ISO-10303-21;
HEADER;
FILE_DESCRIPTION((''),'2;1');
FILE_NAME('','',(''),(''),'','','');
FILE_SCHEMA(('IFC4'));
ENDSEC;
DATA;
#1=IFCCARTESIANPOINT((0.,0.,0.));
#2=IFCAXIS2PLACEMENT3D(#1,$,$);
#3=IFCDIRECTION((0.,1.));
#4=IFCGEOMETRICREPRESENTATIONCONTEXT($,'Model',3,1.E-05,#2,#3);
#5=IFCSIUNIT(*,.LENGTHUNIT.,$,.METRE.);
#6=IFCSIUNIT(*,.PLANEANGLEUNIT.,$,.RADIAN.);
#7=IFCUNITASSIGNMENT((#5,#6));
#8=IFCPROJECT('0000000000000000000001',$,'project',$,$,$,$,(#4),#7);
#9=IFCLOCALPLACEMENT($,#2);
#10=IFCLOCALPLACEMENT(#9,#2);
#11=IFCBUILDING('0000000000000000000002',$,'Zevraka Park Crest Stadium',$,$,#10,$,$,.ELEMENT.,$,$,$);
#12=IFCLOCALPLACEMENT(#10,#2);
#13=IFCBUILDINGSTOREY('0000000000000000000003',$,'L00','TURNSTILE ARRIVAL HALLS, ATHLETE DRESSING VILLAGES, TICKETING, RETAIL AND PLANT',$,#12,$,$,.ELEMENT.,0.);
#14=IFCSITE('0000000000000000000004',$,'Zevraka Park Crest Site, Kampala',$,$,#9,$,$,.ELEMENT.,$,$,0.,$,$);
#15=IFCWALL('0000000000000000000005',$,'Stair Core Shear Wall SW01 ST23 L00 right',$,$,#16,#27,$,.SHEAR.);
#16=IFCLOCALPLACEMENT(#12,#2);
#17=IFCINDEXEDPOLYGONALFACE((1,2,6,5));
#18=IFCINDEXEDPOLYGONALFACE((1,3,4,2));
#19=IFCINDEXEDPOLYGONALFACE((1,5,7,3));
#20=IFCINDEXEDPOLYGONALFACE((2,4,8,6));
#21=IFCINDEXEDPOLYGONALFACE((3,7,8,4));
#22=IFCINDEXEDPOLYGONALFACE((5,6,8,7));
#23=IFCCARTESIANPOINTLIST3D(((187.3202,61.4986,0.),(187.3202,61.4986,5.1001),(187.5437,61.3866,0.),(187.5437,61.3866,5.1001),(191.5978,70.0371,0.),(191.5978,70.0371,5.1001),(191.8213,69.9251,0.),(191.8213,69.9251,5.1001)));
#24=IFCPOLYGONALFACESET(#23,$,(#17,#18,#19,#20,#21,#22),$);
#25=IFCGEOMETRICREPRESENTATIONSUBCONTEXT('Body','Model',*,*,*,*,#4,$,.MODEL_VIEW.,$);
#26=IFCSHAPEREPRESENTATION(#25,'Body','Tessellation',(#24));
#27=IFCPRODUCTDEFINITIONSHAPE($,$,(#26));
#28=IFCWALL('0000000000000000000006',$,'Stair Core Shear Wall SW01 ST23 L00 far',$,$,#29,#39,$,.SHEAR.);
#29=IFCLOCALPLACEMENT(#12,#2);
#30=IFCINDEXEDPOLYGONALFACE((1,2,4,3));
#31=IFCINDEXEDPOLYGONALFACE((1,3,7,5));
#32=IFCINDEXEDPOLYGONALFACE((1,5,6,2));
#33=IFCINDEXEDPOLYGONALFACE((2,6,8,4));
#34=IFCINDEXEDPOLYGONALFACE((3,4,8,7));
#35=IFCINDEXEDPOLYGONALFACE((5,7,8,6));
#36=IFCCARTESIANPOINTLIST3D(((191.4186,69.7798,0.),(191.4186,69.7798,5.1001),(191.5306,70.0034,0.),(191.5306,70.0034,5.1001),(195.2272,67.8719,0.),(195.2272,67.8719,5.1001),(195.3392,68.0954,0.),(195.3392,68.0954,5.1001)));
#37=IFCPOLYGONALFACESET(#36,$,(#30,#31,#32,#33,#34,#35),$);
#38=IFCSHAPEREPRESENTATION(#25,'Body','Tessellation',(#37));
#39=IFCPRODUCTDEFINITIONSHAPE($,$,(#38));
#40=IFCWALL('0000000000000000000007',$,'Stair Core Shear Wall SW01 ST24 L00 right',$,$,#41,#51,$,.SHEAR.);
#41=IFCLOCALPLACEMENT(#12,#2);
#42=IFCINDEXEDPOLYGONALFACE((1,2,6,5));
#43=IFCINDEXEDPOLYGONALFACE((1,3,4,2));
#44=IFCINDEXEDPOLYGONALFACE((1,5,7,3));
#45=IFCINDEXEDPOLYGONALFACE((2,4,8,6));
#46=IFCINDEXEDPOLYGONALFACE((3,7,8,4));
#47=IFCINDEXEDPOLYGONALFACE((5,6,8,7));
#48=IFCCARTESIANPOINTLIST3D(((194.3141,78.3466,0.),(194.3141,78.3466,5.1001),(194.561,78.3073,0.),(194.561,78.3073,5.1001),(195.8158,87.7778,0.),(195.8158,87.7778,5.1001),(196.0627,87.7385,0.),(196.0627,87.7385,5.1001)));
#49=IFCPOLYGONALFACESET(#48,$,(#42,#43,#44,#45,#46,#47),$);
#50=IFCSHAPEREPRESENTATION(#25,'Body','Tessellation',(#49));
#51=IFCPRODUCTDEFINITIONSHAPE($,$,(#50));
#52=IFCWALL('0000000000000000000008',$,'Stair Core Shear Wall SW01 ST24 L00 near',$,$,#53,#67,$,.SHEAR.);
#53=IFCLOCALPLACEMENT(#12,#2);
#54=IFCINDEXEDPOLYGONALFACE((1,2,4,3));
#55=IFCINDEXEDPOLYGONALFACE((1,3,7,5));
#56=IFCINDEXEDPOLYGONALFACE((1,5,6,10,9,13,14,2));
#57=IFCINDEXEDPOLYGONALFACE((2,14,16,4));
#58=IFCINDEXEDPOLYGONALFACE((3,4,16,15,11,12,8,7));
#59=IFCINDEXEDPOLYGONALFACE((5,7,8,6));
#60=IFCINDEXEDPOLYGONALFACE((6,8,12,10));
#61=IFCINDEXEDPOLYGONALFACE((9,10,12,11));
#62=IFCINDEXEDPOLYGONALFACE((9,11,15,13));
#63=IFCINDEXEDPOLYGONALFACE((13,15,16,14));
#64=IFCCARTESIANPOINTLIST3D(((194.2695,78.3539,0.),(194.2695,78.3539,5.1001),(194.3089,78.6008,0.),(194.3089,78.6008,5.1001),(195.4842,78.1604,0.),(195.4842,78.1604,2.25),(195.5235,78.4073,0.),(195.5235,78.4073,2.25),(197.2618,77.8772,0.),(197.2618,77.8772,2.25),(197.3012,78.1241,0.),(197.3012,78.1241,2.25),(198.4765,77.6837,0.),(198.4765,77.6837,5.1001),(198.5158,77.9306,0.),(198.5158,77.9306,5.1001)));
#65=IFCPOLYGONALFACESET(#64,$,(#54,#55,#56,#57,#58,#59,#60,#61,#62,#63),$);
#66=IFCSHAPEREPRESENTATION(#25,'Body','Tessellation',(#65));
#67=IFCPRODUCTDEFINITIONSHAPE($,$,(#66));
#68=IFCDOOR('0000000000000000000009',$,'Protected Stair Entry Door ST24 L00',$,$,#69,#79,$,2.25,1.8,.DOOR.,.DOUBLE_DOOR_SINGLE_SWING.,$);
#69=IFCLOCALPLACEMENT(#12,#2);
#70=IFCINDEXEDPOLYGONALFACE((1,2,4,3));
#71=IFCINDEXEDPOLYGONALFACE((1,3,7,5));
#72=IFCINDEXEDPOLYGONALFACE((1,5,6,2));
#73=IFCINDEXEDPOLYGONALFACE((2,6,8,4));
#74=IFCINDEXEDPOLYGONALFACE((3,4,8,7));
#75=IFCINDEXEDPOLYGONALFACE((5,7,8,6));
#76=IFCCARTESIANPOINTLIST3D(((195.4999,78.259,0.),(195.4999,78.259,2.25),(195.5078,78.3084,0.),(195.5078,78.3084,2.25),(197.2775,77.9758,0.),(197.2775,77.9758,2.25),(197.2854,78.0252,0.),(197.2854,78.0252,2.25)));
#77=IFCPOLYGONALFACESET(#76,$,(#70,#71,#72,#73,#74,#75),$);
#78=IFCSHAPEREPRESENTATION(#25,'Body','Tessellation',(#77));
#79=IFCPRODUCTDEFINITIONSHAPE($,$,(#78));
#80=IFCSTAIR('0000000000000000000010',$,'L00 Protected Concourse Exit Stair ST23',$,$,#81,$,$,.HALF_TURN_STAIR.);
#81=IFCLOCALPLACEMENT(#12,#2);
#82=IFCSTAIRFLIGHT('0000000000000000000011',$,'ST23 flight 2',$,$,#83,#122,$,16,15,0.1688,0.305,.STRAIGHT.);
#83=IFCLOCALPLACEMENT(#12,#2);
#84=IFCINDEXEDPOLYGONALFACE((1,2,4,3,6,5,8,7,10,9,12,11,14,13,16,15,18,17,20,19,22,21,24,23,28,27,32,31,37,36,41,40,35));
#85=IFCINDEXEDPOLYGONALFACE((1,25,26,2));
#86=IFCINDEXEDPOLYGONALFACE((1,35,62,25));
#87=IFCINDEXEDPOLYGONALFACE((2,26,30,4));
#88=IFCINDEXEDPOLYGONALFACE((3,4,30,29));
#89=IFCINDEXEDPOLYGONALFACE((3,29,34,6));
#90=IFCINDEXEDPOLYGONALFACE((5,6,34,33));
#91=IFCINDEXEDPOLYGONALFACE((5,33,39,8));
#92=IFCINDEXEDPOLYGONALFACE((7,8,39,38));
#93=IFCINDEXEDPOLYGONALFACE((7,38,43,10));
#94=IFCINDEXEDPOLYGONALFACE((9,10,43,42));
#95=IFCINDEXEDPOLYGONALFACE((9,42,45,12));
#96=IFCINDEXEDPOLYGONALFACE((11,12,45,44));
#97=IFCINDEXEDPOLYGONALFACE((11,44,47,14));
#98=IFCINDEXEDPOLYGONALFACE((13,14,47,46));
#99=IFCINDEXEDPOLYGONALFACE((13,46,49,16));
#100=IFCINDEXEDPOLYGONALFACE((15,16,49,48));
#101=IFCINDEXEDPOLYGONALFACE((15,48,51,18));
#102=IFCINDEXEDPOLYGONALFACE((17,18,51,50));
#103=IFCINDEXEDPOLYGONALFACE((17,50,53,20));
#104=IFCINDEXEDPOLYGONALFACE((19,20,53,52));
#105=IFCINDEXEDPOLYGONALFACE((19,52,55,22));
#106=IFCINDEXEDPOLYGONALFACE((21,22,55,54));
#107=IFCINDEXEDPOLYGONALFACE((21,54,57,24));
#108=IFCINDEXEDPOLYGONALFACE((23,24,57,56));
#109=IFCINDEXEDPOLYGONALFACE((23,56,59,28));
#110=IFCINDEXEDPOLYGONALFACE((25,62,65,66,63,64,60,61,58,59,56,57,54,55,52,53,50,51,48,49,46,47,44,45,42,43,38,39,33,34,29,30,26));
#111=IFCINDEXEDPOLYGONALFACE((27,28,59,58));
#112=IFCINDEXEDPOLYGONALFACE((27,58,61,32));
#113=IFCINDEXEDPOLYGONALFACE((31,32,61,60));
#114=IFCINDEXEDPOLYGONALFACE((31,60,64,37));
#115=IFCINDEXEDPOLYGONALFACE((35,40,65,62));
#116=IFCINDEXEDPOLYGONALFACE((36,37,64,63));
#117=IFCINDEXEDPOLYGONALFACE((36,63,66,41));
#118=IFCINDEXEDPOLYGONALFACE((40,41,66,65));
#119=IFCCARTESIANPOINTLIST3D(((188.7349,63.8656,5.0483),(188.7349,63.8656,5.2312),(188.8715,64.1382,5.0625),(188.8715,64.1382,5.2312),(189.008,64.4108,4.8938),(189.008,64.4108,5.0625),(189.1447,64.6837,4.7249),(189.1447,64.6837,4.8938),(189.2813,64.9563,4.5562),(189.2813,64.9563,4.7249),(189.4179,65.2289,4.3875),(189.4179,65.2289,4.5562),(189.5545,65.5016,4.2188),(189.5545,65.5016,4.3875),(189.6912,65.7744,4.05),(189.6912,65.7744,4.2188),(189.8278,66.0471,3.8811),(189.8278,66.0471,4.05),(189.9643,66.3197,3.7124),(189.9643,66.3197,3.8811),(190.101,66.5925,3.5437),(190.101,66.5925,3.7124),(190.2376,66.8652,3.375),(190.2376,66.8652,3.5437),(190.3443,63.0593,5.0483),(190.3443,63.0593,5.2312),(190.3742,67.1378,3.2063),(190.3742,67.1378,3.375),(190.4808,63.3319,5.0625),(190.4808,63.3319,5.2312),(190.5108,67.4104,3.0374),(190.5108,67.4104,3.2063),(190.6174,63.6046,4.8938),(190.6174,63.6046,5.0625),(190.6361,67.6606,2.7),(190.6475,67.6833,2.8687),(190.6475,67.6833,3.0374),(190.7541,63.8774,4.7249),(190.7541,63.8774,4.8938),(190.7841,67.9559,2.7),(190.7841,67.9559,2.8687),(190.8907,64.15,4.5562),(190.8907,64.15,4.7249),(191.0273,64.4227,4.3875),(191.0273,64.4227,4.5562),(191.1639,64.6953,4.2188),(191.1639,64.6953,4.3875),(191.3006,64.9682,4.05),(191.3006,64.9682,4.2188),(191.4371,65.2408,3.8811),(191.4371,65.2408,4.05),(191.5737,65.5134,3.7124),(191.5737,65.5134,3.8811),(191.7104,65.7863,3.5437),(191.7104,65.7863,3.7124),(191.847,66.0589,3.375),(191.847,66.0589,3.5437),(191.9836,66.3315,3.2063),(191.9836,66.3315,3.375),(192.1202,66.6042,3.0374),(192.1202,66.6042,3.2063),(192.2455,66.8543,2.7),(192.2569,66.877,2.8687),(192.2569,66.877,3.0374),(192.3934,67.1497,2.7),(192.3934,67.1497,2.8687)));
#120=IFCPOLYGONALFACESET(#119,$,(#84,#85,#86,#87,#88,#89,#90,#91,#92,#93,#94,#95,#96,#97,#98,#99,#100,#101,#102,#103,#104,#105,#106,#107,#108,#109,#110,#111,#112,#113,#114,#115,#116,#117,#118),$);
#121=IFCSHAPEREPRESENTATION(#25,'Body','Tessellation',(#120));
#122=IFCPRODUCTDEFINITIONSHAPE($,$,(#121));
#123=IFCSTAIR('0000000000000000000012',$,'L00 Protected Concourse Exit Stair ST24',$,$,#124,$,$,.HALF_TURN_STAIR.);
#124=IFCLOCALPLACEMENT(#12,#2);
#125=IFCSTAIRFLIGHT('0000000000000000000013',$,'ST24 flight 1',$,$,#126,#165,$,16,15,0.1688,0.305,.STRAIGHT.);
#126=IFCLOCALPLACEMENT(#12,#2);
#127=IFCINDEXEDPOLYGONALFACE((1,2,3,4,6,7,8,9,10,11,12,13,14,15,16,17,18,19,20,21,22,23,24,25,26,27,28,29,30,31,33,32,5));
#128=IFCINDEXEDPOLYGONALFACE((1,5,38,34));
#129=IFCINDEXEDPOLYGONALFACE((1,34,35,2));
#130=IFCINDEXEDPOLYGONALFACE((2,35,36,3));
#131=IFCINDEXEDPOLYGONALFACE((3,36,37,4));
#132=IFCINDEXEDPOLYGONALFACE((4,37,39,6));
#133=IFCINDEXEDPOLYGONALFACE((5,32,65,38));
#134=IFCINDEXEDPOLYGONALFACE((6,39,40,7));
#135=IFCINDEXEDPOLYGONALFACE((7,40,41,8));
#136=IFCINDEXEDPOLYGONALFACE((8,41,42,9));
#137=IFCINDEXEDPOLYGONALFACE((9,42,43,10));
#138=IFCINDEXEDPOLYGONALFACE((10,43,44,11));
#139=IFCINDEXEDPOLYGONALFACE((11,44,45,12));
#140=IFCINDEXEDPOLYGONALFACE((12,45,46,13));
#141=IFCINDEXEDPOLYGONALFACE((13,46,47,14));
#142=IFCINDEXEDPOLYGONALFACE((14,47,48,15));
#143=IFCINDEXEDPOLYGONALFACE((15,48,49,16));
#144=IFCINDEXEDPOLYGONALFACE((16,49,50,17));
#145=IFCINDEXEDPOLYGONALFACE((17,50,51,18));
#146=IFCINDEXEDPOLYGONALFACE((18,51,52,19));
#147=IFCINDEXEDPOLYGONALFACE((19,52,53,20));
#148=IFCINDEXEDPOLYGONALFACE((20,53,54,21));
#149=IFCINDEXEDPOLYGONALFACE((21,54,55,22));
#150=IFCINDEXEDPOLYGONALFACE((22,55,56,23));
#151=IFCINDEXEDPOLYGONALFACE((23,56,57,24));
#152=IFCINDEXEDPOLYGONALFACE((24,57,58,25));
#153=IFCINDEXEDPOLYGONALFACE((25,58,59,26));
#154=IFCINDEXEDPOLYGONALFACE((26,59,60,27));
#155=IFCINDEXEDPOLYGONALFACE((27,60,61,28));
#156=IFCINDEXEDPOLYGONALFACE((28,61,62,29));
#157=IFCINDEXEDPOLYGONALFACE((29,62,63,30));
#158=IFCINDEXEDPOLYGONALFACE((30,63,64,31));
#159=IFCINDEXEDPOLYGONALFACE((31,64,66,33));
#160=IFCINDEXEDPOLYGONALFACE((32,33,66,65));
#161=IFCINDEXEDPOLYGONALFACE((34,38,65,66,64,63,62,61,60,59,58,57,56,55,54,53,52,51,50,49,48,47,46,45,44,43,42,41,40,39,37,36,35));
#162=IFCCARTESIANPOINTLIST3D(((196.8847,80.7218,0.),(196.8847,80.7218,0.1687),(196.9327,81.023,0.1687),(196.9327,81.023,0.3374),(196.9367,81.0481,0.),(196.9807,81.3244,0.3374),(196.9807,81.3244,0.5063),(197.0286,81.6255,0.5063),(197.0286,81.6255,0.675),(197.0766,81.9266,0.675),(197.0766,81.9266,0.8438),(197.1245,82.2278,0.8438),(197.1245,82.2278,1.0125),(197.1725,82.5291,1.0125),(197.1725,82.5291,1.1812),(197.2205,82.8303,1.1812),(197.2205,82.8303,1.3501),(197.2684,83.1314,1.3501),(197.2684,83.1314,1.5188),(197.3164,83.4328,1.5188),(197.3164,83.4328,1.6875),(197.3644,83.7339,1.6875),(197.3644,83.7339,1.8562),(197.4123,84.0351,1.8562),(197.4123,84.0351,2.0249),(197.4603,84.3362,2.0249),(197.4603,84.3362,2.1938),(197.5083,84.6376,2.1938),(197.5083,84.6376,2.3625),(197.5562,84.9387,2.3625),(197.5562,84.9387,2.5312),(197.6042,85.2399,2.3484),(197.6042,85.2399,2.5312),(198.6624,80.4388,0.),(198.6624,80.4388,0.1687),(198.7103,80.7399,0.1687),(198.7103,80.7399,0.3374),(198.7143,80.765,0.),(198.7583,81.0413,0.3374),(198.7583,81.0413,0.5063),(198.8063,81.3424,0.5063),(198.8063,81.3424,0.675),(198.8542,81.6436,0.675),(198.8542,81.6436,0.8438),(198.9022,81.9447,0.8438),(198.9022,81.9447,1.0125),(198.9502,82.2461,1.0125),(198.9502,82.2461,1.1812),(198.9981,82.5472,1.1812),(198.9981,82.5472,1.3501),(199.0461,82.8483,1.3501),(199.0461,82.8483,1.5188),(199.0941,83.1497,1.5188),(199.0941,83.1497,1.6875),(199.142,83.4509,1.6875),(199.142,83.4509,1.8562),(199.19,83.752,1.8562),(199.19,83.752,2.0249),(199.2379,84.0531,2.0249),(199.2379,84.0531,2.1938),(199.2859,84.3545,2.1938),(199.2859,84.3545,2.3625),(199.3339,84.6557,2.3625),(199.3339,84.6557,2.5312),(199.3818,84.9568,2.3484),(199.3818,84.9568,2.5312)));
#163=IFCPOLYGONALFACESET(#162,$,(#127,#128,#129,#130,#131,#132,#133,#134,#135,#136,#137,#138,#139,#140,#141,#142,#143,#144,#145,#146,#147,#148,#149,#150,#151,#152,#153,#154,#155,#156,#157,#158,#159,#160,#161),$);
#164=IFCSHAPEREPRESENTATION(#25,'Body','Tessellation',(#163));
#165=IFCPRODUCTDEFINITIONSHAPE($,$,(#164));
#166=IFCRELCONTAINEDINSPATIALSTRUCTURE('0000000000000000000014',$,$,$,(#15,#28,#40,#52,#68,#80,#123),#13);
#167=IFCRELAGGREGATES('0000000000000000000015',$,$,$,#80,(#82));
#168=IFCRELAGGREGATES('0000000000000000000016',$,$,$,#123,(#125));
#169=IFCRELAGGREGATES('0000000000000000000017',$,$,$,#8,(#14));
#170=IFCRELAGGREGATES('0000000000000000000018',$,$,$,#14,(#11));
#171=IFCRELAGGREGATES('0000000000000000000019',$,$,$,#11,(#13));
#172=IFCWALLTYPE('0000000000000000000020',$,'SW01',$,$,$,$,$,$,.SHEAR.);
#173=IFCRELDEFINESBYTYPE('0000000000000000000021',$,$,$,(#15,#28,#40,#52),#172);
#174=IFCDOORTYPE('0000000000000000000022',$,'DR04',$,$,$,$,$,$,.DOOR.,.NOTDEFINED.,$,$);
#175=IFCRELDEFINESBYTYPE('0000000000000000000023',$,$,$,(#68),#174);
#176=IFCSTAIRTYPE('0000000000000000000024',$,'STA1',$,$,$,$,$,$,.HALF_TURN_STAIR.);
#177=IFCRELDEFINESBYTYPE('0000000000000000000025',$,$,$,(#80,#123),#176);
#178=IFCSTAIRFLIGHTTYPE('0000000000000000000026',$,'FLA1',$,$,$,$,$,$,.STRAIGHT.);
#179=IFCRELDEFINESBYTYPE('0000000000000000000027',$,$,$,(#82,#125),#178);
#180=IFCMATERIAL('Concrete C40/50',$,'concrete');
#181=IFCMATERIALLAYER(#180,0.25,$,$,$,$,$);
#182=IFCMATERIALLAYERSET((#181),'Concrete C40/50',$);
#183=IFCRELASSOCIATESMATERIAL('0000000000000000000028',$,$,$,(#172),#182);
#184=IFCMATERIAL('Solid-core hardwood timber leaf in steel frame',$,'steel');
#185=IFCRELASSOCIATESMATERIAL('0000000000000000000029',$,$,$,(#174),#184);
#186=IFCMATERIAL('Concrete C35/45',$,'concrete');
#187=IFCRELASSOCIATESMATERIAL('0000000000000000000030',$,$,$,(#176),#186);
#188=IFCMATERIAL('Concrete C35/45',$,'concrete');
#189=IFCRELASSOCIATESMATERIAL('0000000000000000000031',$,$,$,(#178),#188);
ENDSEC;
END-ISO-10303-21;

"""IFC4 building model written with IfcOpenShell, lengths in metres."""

from ifc_helpers import new_model, si_unit, direction, frame, frame_2d, origin, place, context, subcontext, project, spatial, polyline, rectangle, outline, extrude, material, layer, layer_set, type_object, element, fill, aggregate, save


model = new_model("IFC4")

# Units and contexts
model_context = context("Model", 3, precision=1e-05, world=origin(), true_north=direction((0.0, 1.0)))
body_context = subcontext(model_context, "Body", "Model", "MODEL_VIEW")
ifc_project = project(units=[si_unit("LENGTHUNIT", "METRE"), si_unit("PLANEANGLEUNIT", "RADIAN")], contexts=[model_context])

# Site, building, storey
site_placement = place(None, origin())
site = spatial("IfcSite", under=ifc_project, at=site_placement, Name="Zevraka Park Crest Site, Kampala", CompositionType="ELEMENT", RefElevation=0.0)
building_placement = place(site_placement, origin())
building = spatial("IfcBuilding", under=site, at=building_placement, Name="Zevraka Park Crest Stadium", CompositionType="ELEMENT")
storey_placement = place(building_placement, origin())
storey = spatial("IfcBuildingStorey", under=building, at=storey_placement, Name="L00", Description="TURNSTILE ARRIVAL HALLS, ATHLETE DRESSING VILLAGES, TICKETING, RETAIL AND PLANT", CompositionType="ELEMENT", Elevation=0.0)

# Shared definitions
ifc_material_1 = material(Name="Concrete C40/50", Category="concrete")
ifc_layer_1 = layer(ifc_material_1, 0.25)
ifc_layer_set_1 = layer_set([ifc_layer_1], Name="Concrete C40/50")
wall_type_1 = type_object("IfcWallType", Name="SW01", PredefinedType="SHEAR", material=ifc_layer_set_1)

# Walls
wall_1_placement = place(storey_placement, frame((191.7095, 69.981, 0.0), z_axis=(0.0, 0.0, 1.0), x_axis=(-0.447909, -0.894079, 0.0)))
element("IfcWall", 1, at=wall_1_placement, inside=storey, type_object=wall_type_1, Name="Stair Core Shear Wall SW01 ST23 L00 right", PredefinedType="SHEAR", context=body_context, shape_type="SweptSolid", body=[
    extrude(rectangle(XDim=9.55, YDim=0.25, at=frame_2d((4.7749, 0.0))), origin(), (0.0, 0.0, 1.0), 5.1001),
])
wall_2_placement = place(storey_placement, frame((195.2832, 67.9836, 0.0), z_axis=(0.0, 0.0, 1.0), x_axis=(-0.894083, 0.447901, 0.0)))
element("IfcWall", 2, at=wall_2_placement, inside=storey, type_object=wall_type_1, Name="Stair Core Shear Wall SW01 ST23 L00 far", PredefinedType="SHEAR", context=body_context, shape_type="SweptSolid", body=[
    extrude(rectangle(XDim=4.2598, YDim=0.25, at=frame_2d((2.1299, 0.0))), origin(), (0.0, 0.0, 1.0), 5.1001),
])
wall_3_placement = place(storey_placement, frame((195.9392, 87.7581, 0.0), z_axis=(0.0, 0.0, 1.0), x_axis=(-0.157248, -0.987559, 0.0)))
element("IfcWall", 3, at=wall_3_placement, inside=storey, type_object=wall_type_1, Name="Stair Core Shear Wall SW01 ST24 L00 right", PredefinedType="SHEAR", context=body_context, shape_type="SweptSolid", body=[
    extrude(rectangle(XDim=9.55, YDim=0.25, at=frame_2d((4.7749, 0.0))), origin(), (0.0, 0.0, 1.0), 5.1001),
])

# Wall, opening, door
wall_4_placement = place(storey_placement, frame((194.2893, 78.4773, 0.0), z_axis=(0.0, 0.0, 1.0), x_axis=(0.987549, -0.157313, 0.0)))
wall_4 = element("IfcWall", 4, at=wall_4_placement, inside=storey, type_object=wall_type_1, Name="Stair Core Shear Wall SW01 ST24 L00 near", PredefinedType="SHEAR", context=body_context, shape_type="SweptSolid", body=[
    extrude(rectangle(XDim=4.26, YDim=0.25, at=frame_2d((2.1299, 0.0))), origin(), (0.0, 0.0, 1.0), 5.1001),
])
opening_1_placement = place(wall_4_placement, frame((1.23, 0.0, 0.0)))
opening_1 = element("IfcOpeningElement", 5, at=opening_1_placement, cuts=wall_4, PredefinedType="OPENING", context=body_context, shape_type="SweptSolid", body=[
    extrude(rectangle(XDim=1.8, YDim=2.25, at=frame_2d((0.8999, 1.125))), frame((0.0, 0.135, 0.0), z_axis=(0.0, -1.0, 0.0), x_axis=(1.0, 0.0, 0.0)), (0.0, 0.0, 1.0), 0.27),
])
ifc_material_2 = material(Name="Solid-core hardwood timber leaf in steel frame", Category="steel")
door_type_1 = type_object("IfcDoorType", Name="DR04", OperationType="NOTDEFINED", PredefinedType="DOOR", material=ifc_material_2)
door_1_placement = place(opening_1_placement, origin())
door_1 = element("IfcDoor", 6, at=door_1_placement, inside=storey, type_object=door_type_1, Name="Protected Stair Entry Door ST24 L00", OperationType="DOUBLE_DOOR_SINGLE_SWING", OverallHeight=2.25, OverallWidth=1.8, PredefinedType="DOOR", context=body_context, shape_type="SweptSolid", body=[
    extrude(rectangle(XDim=1.8, YDim=2.25, at=frame_2d((0.8999, 1.125))), frame((0.0, 0.0249, 0.0), z_axis=(0.0, -1.0, 0.0), x_axis=(1.0, 0.0, 0.0)), (0.0, 0.0, 1.0), 0.05),
])
fill(opening_1, door_1)

# Stair, stair flight
ifc_material_3 = material(Name="Concrete C35/45", Category="concrete")
stair_type = type_object("IfcStairType", Name="STA1", PredefinedType="HALF_TURN_STAIR", material=ifc_material_3)
stair_1_placement = place(storey_placement, origin())
stair_1 = element("IfcStair", 7, at=stair_1_placement, inside=storey, type_object=stair_type, Name="L00 Protected Concourse Exit Stair ST23", PredefinedType="HALF_TURN_STAIR")
ifc_material_4 = material(Name="Concrete C35/45", Category="concrete")
stair_flight_type = type_object("IfcStairFlightType", Name="FLA1", PredefinedType="STRAIGHT", material=ifc_material_4)
stair_flight_1_placement = place(storey_placement, frame((191.5889, 67.5527, 2.7), z_axis=(0.0, 0.0, 1.0), x_axis=(-0.447915, -0.894076, 0.0)))
stair_flight_1 = element("IfcStairFlight", 8, at=stair_flight_1_placement, type_object=stair_flight_type, Name="ST23 flight 2", NumberOfRisers=16, NumberOfTreads=15, PredefinedType="STRAIGHT", RiserHeight=0.1688, TreadLength=0.305, context=body_context, shape_type="SweptSolid", body=[
    extrude(outline(polyline([(0.0, 0.0), (0.0, 0.1687), (0.3049, 0.1687), (0.3049, 0.3374), (0.6101, 0.3374), (0.6101, 0.5063), (0.915, 0.5063), (0.915, 0.675), (1.22, 0.675), (1.22, 0.8438), (1.5249, 0.8438), (1.5249, 1.0125), (1.8301, 1.0125), (1.8301, 1.1812), (2.135, 1.1812), (2.135, 1.3501), (2.4399, 1.3501), (2.4399, 1.5188), (2.7451, 1.5188), (2.7451, 1.6875), (3.05, 1.6875), (3.05, 1.8562), (3.355, 1.8562), (3.355, 2.0249), (3.6599, 2.0249), (3.6599, 2.1938), (3.9651, 2.1938), (3.9651, 2.3625), (4.27, 2.3625), (4.27, 2.5312), (4.575, 2.5312), (4.575, 2.7), (4.575, 2.3484), (0.3303, 0.0), (0.0, 0.0)])), frame((0.0, 0.8999, 0.0), z_axis=(0.0, -1.0, 0.0), x_axis=(1.0, 0.0, 0.0)), (0.0, 0.0, 1.0), 1.8),
])
aggregate(stair_1, [stair_flight_1])

# Stair, stair flight
stair_2_placement = place(storey_placement, origin())
stair_2 = element("IfcStair", 9, at=stair_2_placement, inside=storey, type_object=stair_type, Name="L00 Protected Concourse Exit Stair ST24", PredefinedType="HALF_TURN_STAIR")
stair_flight_2_placement = place(storey_placement, frame((197.7734, 80.5803, 0.0), z_axis=(0.0, 0.0, 1.0), x_axis=(0.157262, 0.987557, 0.0)))
stair_flight_2 = element("IfcStairFlight", 10, at=stair_flight_2_placement, type_object=stair_flight_type, Name="ST24 flight 1", NumberOfRisers=16, NumberOfTreads=15, PredefinedType="STRAIGHT", RiserHeight=0.1688, TreadLength=0.305, context=body_context, shape_type="SweptSolid", body=[
    extrude(outline(polyline([(0.0, 0.0), (0.0, 0.1687), (0.3049, 0.1687), (0.3049, 0.3374), (0.6101, 0.3374), (0.6101, 0.5063), (0.915, 0.5063), (0.915, 0.675), (1.22, 0.675), (1.22, 0.8438), (1.5249, 0.8438), (1.5249, 1.0125), (1.8301, 1.0125), (1.8301, 1.1812), (2.135, 1.1812), (2.135, 1.3501), (2.4399, 1.3501), (2.4399, 1.5188), (2.7451, 1.5188), (2.7451, 1.6875), (3.05, 1.6875), (3.05, 1.8562), (3.355, 1.8562), (3.355, 2.0249), (3.6599, 2.0249), (3.6599, 2.1938), (3.9651, 2.1938), (3.9651, 2.3625), (4.27, 2.3625), (4.27, 2.5312), (4.575, 2.5312), (4.575, 2.7), (4.575, 2.3484), (0.3303, 0.0), (0.0, 0.0)])), frame((0.0, 0.8999, 0.0), z_axis=(0.0, -1.0, 0.0), x_axis=(1.0, 0.0, 0.0)), (0.0, 0.0, 1.0), 1.8),
])
aggregate(stair_2, [stair_flight_2])

save(model, "model.ifc")
